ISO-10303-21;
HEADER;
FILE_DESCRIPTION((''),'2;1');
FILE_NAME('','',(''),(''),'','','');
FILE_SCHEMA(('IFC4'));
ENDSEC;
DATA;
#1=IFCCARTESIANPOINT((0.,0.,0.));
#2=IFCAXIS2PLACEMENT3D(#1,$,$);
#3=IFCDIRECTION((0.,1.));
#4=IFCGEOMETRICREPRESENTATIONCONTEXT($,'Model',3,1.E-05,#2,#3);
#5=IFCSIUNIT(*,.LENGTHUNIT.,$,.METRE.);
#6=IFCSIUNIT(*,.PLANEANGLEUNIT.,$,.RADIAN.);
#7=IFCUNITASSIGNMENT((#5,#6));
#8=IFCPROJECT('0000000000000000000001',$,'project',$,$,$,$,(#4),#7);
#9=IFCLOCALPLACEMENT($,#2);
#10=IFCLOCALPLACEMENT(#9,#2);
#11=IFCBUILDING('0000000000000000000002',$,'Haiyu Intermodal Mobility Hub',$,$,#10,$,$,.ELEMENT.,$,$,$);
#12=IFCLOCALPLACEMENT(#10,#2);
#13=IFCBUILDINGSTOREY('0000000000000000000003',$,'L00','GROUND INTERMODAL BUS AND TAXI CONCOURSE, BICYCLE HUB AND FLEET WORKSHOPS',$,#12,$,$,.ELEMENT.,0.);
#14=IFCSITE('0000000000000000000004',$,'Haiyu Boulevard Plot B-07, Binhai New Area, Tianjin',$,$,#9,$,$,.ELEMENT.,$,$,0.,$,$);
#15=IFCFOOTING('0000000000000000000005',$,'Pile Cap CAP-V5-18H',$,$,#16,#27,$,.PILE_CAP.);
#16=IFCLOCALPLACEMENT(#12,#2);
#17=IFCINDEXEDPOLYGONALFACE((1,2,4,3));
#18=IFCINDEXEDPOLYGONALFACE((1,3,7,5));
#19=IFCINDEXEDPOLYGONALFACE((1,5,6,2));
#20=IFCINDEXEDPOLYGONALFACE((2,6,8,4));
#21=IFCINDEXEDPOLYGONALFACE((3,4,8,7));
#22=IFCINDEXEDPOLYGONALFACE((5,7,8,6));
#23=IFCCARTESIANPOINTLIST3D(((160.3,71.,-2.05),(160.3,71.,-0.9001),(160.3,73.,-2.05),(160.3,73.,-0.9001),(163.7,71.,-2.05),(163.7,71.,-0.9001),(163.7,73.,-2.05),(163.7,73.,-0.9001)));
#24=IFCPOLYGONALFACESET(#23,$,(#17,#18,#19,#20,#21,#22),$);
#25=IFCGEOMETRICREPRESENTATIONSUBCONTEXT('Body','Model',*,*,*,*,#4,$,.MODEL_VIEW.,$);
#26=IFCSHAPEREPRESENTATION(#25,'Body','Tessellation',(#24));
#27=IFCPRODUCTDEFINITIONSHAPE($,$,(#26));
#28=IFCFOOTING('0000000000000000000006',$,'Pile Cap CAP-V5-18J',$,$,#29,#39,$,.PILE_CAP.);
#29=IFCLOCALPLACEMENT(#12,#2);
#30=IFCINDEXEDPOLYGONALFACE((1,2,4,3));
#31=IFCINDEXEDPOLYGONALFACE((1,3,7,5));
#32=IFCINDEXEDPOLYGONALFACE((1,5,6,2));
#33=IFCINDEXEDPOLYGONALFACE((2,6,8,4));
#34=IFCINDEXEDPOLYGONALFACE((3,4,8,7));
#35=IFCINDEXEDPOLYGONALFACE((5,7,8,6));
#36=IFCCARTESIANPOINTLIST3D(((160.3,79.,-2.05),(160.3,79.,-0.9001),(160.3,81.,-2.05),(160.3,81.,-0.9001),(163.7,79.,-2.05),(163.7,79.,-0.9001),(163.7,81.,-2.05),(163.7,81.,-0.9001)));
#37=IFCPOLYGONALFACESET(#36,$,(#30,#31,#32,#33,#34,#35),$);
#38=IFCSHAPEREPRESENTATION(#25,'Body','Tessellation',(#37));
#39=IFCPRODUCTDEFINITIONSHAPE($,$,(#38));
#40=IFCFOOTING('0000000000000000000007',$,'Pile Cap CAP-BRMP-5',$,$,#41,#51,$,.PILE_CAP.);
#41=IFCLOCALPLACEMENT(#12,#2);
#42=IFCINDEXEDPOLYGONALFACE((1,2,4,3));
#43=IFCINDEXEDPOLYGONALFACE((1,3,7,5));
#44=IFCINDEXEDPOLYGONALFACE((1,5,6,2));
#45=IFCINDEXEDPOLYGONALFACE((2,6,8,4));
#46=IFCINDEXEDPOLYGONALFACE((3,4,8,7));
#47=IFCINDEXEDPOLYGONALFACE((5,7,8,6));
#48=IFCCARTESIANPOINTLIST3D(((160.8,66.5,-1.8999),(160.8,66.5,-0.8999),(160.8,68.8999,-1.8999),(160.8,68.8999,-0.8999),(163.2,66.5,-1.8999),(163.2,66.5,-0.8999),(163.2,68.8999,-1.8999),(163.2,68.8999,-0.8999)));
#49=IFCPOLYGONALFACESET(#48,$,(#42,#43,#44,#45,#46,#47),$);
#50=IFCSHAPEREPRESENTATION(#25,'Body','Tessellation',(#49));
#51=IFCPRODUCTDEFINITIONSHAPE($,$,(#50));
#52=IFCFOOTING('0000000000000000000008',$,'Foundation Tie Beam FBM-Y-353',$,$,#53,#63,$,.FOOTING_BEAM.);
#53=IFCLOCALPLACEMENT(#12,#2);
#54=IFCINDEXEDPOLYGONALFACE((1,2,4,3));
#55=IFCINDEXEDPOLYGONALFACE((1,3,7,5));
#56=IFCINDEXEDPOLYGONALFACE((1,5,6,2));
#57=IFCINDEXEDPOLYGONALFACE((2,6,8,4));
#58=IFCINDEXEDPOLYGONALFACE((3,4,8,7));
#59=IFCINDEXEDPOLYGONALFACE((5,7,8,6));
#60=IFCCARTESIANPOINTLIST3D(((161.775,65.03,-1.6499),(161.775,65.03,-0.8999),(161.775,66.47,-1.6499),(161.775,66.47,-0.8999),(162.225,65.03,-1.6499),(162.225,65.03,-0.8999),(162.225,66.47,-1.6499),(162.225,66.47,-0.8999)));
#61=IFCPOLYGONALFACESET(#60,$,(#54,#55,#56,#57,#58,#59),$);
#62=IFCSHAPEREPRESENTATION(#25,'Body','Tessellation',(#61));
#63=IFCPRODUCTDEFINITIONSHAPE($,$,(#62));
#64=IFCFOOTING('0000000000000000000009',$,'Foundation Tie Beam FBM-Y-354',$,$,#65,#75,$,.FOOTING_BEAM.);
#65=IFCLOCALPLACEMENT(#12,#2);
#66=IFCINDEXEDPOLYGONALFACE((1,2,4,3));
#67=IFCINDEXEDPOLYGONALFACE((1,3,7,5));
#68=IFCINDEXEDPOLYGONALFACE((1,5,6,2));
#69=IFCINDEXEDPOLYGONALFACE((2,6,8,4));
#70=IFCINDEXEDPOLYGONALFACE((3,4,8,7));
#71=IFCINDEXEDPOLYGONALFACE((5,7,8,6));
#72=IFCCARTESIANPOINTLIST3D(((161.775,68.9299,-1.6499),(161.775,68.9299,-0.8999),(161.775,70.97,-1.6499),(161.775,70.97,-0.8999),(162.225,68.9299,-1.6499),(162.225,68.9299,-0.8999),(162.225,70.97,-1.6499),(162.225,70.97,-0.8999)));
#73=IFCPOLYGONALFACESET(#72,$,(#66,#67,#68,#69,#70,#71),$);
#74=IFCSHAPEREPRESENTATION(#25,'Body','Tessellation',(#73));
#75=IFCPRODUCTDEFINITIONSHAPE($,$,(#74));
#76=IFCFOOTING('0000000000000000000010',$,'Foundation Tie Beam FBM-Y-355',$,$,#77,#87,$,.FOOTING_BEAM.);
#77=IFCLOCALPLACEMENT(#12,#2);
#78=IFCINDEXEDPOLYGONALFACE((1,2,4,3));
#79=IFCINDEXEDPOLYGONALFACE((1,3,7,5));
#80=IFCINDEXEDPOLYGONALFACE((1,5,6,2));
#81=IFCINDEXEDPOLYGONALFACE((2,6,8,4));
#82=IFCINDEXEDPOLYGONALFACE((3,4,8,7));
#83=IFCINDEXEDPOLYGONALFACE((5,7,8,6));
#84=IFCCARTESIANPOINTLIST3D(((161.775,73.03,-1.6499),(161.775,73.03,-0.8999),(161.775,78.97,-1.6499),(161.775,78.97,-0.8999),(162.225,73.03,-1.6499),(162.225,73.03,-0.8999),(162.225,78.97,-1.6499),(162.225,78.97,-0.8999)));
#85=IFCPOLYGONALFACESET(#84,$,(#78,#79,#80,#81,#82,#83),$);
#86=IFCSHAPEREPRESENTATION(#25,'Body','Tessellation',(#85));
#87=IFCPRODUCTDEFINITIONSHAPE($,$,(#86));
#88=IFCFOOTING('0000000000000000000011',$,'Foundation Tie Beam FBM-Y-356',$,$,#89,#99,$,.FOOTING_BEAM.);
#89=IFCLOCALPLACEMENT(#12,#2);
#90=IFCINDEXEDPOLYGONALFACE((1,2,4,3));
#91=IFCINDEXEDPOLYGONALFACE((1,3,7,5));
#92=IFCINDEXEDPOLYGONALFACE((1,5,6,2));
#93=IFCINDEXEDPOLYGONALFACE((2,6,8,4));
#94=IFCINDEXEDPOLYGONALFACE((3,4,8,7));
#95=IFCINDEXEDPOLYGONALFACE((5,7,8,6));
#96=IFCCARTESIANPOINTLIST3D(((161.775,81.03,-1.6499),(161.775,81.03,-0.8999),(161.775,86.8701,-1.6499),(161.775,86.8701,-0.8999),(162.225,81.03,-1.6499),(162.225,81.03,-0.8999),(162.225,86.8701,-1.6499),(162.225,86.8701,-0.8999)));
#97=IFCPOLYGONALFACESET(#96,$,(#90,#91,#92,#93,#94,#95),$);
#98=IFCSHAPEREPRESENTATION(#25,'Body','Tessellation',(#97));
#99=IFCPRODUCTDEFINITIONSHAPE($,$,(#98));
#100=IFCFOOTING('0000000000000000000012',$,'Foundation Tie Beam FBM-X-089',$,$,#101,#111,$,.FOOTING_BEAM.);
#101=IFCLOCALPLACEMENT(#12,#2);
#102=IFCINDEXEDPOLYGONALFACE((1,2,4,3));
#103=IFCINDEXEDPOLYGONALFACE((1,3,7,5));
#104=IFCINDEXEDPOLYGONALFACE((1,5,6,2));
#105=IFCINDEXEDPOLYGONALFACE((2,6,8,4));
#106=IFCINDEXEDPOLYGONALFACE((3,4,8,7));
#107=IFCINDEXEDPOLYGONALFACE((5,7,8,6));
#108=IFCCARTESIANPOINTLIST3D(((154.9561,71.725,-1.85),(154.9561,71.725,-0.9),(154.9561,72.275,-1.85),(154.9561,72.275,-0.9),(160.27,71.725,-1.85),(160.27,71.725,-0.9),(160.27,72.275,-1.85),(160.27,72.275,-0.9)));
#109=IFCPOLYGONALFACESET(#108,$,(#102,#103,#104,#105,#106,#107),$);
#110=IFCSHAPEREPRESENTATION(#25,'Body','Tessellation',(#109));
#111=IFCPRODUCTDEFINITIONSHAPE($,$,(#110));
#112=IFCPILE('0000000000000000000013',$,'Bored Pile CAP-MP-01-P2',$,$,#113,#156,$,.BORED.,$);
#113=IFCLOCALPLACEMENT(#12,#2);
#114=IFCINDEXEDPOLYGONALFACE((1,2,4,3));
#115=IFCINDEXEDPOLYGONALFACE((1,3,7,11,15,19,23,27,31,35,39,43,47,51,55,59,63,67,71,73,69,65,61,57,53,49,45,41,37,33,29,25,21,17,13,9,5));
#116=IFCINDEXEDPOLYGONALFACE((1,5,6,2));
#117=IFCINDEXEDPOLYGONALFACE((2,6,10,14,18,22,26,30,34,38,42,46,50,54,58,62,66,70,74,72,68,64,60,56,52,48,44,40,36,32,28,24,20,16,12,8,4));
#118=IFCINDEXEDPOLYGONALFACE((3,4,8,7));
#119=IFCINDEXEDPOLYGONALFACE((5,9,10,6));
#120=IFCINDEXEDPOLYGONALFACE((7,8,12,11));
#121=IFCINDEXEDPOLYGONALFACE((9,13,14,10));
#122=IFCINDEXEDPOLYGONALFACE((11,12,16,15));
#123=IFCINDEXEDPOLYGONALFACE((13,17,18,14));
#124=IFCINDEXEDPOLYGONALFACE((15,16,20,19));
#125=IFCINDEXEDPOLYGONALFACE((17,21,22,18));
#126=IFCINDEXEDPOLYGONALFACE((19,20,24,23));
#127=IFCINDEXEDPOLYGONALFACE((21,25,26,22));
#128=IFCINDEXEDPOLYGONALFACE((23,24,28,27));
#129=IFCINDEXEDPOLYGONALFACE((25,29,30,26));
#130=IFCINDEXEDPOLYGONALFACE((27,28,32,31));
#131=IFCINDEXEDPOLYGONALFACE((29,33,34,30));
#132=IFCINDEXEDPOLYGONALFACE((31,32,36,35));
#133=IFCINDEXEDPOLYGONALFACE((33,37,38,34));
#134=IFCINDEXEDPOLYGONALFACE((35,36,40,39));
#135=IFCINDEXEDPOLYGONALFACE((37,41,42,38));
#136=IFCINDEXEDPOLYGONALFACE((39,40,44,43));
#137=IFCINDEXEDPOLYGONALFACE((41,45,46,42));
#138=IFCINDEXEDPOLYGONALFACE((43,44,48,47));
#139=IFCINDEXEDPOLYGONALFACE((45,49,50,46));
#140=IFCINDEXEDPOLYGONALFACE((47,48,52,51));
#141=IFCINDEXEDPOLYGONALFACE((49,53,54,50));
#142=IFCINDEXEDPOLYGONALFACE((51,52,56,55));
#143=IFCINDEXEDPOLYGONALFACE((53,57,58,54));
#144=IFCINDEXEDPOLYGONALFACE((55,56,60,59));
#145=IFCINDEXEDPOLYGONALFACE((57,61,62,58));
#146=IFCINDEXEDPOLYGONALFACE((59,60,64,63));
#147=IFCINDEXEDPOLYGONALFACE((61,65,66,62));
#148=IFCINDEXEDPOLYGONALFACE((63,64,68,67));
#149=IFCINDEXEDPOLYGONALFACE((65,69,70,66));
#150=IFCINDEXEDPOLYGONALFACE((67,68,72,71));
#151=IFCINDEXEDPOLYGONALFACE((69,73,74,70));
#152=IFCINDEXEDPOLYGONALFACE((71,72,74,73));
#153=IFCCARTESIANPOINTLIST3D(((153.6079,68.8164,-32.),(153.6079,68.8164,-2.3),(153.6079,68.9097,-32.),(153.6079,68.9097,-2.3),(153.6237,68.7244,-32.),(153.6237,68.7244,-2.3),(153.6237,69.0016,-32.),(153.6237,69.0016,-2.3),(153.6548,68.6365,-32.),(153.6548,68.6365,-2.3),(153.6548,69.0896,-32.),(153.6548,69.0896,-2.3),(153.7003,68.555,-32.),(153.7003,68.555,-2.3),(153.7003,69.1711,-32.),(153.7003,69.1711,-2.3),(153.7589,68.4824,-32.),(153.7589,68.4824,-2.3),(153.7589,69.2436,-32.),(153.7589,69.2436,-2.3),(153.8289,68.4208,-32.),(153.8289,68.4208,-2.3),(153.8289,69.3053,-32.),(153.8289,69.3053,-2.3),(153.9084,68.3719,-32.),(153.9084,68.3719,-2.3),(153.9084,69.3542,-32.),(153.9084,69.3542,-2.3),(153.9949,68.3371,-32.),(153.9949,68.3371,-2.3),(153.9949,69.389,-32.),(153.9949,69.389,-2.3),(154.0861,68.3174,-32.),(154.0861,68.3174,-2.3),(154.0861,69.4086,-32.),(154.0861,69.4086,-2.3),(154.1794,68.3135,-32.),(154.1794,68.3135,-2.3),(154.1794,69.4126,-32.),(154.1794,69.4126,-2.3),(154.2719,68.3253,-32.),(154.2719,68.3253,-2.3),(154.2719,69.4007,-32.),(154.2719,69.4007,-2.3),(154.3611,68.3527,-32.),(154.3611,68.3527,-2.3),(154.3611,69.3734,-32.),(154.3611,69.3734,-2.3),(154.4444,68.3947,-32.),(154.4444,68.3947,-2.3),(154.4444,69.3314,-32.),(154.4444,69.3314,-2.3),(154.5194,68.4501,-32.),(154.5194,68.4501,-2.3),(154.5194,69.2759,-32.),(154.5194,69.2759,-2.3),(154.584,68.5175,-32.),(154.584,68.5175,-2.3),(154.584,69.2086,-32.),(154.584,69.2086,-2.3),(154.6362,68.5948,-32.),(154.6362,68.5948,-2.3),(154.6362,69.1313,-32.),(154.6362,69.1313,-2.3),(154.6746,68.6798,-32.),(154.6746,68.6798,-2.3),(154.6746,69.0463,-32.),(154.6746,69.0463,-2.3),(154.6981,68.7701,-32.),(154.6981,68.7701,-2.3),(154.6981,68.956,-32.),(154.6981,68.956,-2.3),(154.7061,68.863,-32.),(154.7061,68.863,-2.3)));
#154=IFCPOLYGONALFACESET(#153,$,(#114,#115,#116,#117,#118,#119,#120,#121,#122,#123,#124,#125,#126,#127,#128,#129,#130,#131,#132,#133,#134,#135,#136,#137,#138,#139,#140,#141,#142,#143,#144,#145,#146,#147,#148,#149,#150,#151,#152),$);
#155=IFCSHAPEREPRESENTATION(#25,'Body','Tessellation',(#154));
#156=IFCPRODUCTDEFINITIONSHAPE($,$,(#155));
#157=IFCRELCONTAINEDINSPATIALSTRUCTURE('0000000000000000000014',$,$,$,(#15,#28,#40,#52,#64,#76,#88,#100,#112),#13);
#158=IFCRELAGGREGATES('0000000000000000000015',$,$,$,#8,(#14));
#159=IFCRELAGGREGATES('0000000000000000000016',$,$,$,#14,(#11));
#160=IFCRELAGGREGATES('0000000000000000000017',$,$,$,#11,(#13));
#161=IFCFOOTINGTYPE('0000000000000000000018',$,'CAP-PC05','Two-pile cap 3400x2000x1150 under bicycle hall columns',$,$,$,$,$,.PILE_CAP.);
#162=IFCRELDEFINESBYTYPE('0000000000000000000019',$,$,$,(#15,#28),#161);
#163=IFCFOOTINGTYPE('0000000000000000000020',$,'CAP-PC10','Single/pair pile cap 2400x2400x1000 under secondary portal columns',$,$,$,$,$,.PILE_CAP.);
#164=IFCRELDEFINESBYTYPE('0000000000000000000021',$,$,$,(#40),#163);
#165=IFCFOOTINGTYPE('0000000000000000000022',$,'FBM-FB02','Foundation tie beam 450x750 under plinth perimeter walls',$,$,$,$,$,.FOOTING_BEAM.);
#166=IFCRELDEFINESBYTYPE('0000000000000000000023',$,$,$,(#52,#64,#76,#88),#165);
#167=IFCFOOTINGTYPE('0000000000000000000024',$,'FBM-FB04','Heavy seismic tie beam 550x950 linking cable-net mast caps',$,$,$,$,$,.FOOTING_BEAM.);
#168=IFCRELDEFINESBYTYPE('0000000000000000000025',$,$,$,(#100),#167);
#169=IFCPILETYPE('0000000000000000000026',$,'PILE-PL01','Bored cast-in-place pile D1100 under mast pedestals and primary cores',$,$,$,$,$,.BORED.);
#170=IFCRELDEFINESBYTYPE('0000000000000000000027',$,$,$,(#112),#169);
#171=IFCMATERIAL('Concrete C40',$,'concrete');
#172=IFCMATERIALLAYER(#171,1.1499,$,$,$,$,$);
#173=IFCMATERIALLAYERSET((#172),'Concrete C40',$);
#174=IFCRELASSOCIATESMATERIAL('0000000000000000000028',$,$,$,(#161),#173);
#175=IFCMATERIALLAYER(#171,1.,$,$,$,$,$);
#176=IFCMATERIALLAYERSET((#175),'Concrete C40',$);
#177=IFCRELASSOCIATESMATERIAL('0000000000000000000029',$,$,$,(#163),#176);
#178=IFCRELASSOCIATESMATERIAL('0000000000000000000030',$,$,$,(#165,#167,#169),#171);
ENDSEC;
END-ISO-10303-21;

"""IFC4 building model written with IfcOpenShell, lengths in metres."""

from ifc_helpers import new_model, si_unit, direction, frame, origin, origin_2d, place, context, subcontext, project, spatial, rectangle, circle, extrude, material, layer, layer_set, material_profile, profile_set, type_object, element, save


model = new_model("IFC4")

# Units and contexts
model_context = context("Model", 3, precision=1e-05, world=origin(), true_north=direction((0.0, 1.0)))
body_context = subcontext(model_context, "Body", "Model", "MODEL_VIEW")
ifc_project = project(units=[si_unit("LENGTHUNIT", "METRE"), si_unit("PLANEANGLEUNIT", "RADIAN")], contexts=[model_context])

# Site, building, storey
site_placement = place(None, origin())
site = spatial("IfcSite", under=ifc_project, at=site_placement, Name="Haiyu Boulevard Plot B-07, Binhai New Area, Tianjin", CompositionType="ELEMENT", RefElevation=0.0)
building_placement = place(site_placement, origin())
building = spatial("IfcBuilding", under=site, at=building_placement, Name="Haiyu Intermodal Mobility Hub", CompositionType="ELEMENT")
storey_placement = place(building_placement, origin())
storey = spatial("IfcBuildingStorey", under=building, at=storey_placement, Name="L00", Description="GROUND INTERMODAL BUS AND TAXI CONCOURSE, BICYCLE HUB AND FLEET WORKSHOPS", CompositionType="ELEMENT", Elevation=0.0)

# Footings
ifc_material_1 = material(Name="Concrete C40", Category="concrete")
ifc_layer_1 = layer(ifc_material_1, 1.1499)
ifc_layer_set_1 = layer_set([ifc_layer_1], Name="Concrete C40")
footing_type_1 = type_object("IfcFootingType", Name="CAP-PC05", Description="Two-pile cap 3400x2000x1150 under bicycle hall columns", PredefinedType="PILE_CAP", material=ifc_layer_set_1)
for number, where, z_axis, x_axis, name in (
    (1, (162.0, 72.0, -2.05), (0.0, 0.0, 1.0), (1.0, 0.0, 0.0), "Pile Cap CAP-V5-18H"),
    (2, (162.0, 80.0, -2.05), (0.0, 0.0, 1.0), (1.0, 0.0, 0.0), "Pile Cap CAP-V5-18J"),
):
    element("IfcFooting", number, at=place(storey_placement, frame(where, z_axis=z_axis, x_axis=x_axis)), inside=storey, type_object=footing_type_1, Name=name, PredefinedType="PILE_CAP", context=body_context, shape_type="SweptSolid", body=[
        extrude(rectangle(XDim=3.3999, YDim=2.0, at=origin_2d()), origin(), (0.0, 0.0, 1.0), 1.1499),
    ])
ifc_layer_2 = layer(ifc_material_1, 1.0)
ifc_layer_set_2 = layer_set([ifc_layer_2], Name="Concrete C40")
footing_type_2 = type_object("IfcFootingType", Name="CAP-PC10", Description="Single/pair pile cap 2400x2400x1000 under secondary portal columns", PredefinedType="PILE_CAP", material=ifc_layer_set_2)
footing_1_placement = place(storey_placement, frame((162.0, 67.7, -1.8999), z_axis=(0.0, 0.0, 1.0), x_axis=(1.0, 0.0, 0.0)))
element("IfcFooting", 3, at=footing_1_placement, inside=storey, type_object=footing_type_2, Name="Pile Cap CAP-BRMP-5", PredefinedType="PILE_CAP", context=body_context, shape_type="SweptSolid", body=[
    extrude(rectangle(XDim=2.3999, YDim=2.3999, at=origin_2d()), origin(), (0.0, 0.0, 1.0), 1.0),
])
ifc_material_profile_1 = material_profile(ifc_material_1, rectangle(XDim=0.45, YDim=0.75, at=origin_2d()), Name="FB450x750")
ifc_profile_set_1 = profile_set([ifc_material_profile_1], Name="Concrete C40")
footing_type_3 = type_object("IfcFootingType", Name="FBM-FB02", Description="Foundation tie beam 450x750 under plinth perimeter walls", PredefinedType="FOOTING_BEAM", material=ifc_profile_set_1)
footing_2_placement = place(storey_placement, frame((162.0, 65.03, -1.2749), z_axis=(0.0, 1.0, 0.0), x_axis=(-1.0, 0.0, 0.0)))
element("IfcFooting", 4, at=footing_2_placement, inside=storey, type_object=footing_type_3, Name="Foundation Tie Beam FBM-Y-353", PredefinedType="FOOTING_BEAM", context=body_context, shape_type="SweptSolid", body=[
    extrude(rectangle(XDim=0.45, YDim=0.75, at=origin_2d()), origin(), (0.0, 0.0, 1.0), 1.4399),
])
footing_3_placement = place(storey_placement, frame((162.0, 68.9299, -1.2749), z_axis=(0.0, 1.0, 0.0), x_axis=(-1.0, 0.0, 0.0)))
element("IfcFooting", 5, at=footing_3_placement, inside=storey, type_object=footing_type_3, Name="Foundation Tie Beam FBM-Y-354", PredefinedType="FOOTING_BEAM", context=body_context, shape_type="SweptSolid", body=[
    extrude(rectangle(XDim=0.45, YDim=0.75, at=origin_2d()), origin(), (0.0, 0.0, 1.0), 2.04),
])
footing_4_placement = place(storey_placement, frame((162.0, 73.03, -1.2749), z_axis=(0.0, 1.0, 0.0), x_axis=(-1.0, 0.0, 0.0)))
element("IfcFooting", 6, at=footing_4_placement, inside=storey, type_object=footing_type_3, Name="Foundation Tie Beam FBM-Y-355", PredefinedType="FOOTING_BEAM", context=body_context, shape_type="SweptSolid", body=[
    extrude(rectangle(XDim=0.45, YDim=0.75, at=origin_2d()), origin(), (0.0, 0.0, 1.0), 5.9399),
])
footing_5_placement = place(storey_placement, frame((162.0, 81.03, -1.2749), z_axis=(0.0, 1.0, 0.0), x_axis=(-1.0, 0.0, 0.0)))
element("IfcFooting", 7, at=footing_5_placement, inside=storey, type_object=footing_type_3, Name="Foundation Tie Beam FBM-Y-356", PredefinedType="FOOTING_BEAM", context=body_context, shape_type="SweptSolid", body=[
    extrude(rectangle(XDim=0.45, YDim=0.75, at=origin_2d()), origin(), (0.0, 0.0, 1.0), 5.8401),
])
ifc_material_profile_2 = material_profile(ifc_material_1, rectangle(XDim=0.55, YDim=0.95, at=origin_2d()), Name="FB550x950")
ifc_profile_set_2 = profile_set([ifc_material_profile_2], Name="Concrete C40")
footing_type_4 = type_object("IfcFootingType", Name="FBM-FB04", Description="Heavy seismic tie beam 550x950 linking cable-net mast caps", PredefinedType="FOOTING_BEAM", material=ifc_profile_set_2)
footing_6_placement = place(storey_placement, frame((154.9561, 72.0, -1.375), z_axis=(1.0, 0.0, 0.0), x_axis=(0.0, 1.0, 0.0)))
element("IfcFooting", 8, at=footing_6_placement, inside=storey, type_object=footing_type_4, Name="Foundation Tie Beam FBM-X-089", PredefinedType="FOOTING_BEAM", context=body_context, shape_type="SweptSolid", body=[
    extrude(rectangle(XDim=0.55, YDim=0.95, at=origin_2d()), origin(), (0.0, 0.0, 1.0), 5.314),
])

# Pile
ifc_material_profile_3 = material_profile(ifc_material_1, circle(Radius=0.55, at=origin_2d()), Name="PILE-D1100")
ifc_profile_set_3 = profile_set([ifc_material_profile_3], Name="Concrete C40")
pile_type_1 = type_object("IfcPileType", Name="PILE-PL01", Description="Bored cast-in-place pile D1100 under mast pedestals and primary cores", PredefinedType="BORED", material=ifc_profile_set_3)
for number, where, z_axis, x_axis, name in (
    (9, (154.156, 68.863, -2.3), (0.0, 0.0, -1.0), (1.0, 0.0, 0.0), "Bored Pile CAP-MP-01-P2"),
):
    element("IfcPile", number, at=place(storey_placement, frame(where, z_axis=z_axis, x_axis=x_axis)), inside=storey, type_object=pile_type_1, Name=name, PredefinedType="BORED", context=body_context, shape_type="SweptSolid", body=[
        extrude(circle(Radius=0.55, at=origin_2d()), origin(), (0.0, 0.0, 1.0), 29.7),
    ])

save(model, "model.ifc")
